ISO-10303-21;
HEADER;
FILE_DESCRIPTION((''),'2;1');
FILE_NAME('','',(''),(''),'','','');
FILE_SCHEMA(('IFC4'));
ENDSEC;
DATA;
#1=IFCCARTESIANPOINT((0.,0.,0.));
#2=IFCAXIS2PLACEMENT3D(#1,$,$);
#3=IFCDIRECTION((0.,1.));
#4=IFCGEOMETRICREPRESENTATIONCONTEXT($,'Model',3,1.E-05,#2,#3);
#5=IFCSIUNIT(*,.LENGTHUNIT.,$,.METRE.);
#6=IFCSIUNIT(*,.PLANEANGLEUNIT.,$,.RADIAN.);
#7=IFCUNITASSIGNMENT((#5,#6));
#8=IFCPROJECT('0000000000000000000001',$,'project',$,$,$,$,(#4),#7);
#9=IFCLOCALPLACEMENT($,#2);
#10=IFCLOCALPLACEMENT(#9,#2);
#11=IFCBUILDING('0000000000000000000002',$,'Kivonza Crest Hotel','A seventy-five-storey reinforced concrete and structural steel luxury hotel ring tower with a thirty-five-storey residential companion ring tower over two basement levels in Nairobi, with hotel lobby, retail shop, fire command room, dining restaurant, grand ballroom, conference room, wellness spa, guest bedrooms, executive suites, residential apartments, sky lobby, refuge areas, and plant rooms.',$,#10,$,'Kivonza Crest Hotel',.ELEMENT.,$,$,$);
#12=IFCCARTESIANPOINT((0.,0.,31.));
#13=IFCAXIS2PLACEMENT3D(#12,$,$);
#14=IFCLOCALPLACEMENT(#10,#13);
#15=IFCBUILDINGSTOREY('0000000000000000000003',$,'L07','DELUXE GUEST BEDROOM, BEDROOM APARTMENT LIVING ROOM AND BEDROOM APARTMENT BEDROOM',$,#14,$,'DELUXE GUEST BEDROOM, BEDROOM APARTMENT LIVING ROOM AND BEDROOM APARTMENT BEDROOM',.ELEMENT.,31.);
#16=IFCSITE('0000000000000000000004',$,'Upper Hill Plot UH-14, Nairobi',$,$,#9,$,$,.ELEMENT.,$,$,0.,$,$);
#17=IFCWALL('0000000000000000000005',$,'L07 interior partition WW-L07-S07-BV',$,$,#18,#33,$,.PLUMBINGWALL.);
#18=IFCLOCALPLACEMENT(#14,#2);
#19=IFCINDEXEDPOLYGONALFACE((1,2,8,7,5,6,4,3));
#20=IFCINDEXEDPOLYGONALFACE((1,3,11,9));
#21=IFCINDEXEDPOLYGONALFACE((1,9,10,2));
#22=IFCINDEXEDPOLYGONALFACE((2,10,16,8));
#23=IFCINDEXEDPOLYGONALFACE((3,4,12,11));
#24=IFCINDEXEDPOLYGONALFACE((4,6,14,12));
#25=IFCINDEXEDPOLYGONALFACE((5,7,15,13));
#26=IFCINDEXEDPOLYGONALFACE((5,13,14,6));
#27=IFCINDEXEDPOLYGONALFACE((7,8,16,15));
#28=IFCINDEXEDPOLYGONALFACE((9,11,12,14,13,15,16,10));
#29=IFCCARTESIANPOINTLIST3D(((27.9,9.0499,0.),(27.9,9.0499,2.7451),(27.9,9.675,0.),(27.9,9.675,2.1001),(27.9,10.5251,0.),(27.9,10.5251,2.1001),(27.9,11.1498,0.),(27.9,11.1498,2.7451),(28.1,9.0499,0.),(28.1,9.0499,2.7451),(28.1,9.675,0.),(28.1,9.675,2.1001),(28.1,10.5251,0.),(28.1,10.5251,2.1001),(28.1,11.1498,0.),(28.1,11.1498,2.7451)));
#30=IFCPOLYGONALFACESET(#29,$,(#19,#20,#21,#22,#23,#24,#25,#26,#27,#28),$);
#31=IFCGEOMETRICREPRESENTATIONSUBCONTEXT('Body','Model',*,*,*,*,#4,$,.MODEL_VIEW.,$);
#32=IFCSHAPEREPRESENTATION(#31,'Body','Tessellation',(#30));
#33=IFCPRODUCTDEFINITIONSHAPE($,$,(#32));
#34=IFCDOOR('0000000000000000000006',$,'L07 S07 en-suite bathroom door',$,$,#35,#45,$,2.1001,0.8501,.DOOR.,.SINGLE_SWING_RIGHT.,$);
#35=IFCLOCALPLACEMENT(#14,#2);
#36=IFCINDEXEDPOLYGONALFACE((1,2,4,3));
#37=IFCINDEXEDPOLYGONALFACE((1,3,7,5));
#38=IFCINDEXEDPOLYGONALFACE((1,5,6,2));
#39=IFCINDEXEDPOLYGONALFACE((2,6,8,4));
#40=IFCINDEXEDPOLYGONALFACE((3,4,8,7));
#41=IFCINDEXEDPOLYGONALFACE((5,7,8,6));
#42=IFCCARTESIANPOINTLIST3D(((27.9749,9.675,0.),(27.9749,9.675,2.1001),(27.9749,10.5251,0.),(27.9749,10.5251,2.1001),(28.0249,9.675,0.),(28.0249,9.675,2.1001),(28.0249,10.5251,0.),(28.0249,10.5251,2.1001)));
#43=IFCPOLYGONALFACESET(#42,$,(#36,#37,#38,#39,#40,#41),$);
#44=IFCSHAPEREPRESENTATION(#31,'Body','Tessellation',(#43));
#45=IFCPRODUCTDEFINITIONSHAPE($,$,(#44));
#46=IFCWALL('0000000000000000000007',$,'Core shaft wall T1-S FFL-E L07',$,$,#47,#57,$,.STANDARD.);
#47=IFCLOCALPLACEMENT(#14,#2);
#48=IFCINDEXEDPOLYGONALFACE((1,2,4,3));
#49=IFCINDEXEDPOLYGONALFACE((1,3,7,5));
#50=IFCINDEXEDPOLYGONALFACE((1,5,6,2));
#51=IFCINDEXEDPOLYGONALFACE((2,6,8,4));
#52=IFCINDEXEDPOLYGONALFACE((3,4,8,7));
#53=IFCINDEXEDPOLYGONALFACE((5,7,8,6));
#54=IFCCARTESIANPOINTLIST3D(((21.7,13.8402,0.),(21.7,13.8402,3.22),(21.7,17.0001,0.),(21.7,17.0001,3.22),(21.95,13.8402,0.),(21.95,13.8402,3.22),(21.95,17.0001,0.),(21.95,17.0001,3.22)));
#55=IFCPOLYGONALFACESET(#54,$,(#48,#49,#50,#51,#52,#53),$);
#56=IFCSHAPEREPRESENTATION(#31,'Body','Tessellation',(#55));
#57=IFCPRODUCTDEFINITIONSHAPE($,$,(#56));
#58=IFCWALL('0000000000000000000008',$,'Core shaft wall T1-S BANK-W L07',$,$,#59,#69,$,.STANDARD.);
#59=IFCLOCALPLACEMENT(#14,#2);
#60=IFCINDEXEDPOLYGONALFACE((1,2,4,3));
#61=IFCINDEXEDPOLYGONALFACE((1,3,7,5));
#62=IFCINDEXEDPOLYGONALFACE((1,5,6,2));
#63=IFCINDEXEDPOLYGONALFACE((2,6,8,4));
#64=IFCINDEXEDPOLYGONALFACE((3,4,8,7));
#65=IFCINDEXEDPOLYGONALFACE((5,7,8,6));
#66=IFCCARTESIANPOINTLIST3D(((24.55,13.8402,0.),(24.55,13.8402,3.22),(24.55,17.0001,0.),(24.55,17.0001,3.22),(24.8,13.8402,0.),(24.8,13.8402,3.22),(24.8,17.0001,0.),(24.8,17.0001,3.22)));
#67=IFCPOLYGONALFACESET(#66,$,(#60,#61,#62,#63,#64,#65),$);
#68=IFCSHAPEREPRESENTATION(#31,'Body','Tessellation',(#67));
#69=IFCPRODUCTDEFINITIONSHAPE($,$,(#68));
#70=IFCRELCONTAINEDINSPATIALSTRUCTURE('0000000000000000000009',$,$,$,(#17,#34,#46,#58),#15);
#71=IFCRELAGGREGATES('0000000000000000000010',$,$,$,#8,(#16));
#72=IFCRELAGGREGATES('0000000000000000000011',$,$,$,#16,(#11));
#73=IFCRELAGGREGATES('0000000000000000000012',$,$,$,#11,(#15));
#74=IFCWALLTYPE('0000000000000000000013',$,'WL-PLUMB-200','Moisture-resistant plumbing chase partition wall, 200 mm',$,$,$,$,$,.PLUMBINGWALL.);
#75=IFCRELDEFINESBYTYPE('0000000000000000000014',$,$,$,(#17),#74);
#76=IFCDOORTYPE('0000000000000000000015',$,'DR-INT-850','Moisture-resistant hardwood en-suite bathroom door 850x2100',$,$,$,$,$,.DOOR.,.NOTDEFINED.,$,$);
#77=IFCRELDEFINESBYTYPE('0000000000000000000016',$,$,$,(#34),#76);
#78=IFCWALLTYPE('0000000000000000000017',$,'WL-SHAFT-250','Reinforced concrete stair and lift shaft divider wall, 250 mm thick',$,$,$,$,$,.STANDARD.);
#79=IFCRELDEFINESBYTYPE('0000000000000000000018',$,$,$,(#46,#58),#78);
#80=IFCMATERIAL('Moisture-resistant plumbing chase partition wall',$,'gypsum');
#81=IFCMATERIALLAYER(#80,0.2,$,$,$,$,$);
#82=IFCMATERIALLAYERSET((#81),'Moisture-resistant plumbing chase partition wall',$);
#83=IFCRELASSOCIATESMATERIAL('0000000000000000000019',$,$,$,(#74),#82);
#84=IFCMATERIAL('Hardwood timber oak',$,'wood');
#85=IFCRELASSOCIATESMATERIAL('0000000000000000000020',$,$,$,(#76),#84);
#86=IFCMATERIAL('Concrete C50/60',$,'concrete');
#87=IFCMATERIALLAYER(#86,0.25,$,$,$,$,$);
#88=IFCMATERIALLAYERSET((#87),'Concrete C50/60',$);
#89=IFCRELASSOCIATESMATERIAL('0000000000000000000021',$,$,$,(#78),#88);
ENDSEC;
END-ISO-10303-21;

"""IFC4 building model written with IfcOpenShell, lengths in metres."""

from ifc_helpers import new_model, si_unit, direction, frame, frame_2d, origin, place, context, subcontext, project, spatial, rectangle, extrude, material, layer, layer_set, type_object, element, fill, save


model = new_model("IFC4")

# Units and contexts
model_context = context("Model", 3, precision=1e-05, world=origin(), true_north=direction((0.0, 1.0)))
body_context = subcontext(model_context, "Body", "Model", "MODEL_VIEW")
ifc_project = project(units=[si_unit("LENGTHUNIT", "METRE"), si_unit("PLANEANGLEUNIT", "RADIAN")], contexts=[model_context])

# Site, building, storey
site_placement = place(None, origin())
site = spatial("IfcSite", under=ifc_project, at=site_placement, Name="Upper Hill Plot UH-14, Nairobi", CompositionType="ELEMENT", RefElevation=0.0)
building_placement = place(site_placement, origin())
building = spatial("IfcBuilding", under=site, at=building_placement, Name="Kivonza Crest Hotel", Description="A seventy-five-storey reinforced concrete and structural steel luxury hotel ring tower with a thirty-five-storey residential companion ring tower over two basement levels in Nairobi, with hotel lobby, retail shop, fire command room, dining restaurant, grand ballroom, conference room, wellness spa, guest bedrooms, executive suites, residential apartments, sky lobby, refuge areas, and plant rooms.", LongName="Kivonza Crest Hotel", CompositionType="ELEMENT")
storey_placement = place(building_placement, frame((0.0, 0.0, 31.0)))
storey = spatial("IfcBuildingStorey", under=building, at=storey_placement, Name="L07", Description="DELUXE GUEST BEDROOM, BEDROOM APARTMENT LIVING ROOM AND BEDROOM APARTMENT BEDROOM", LongName="DELUXE GUEST BEDROOM, BEDROOM APARTMENT LIVING ROOM AND BEDROOM APARTMENT BEDROOM", CompositionType="ELEMENT", Elevation=31.0)

# Shared definitions
ifc_material_1 = material(Name="Hardwood timber oak", Category="wood")

# Wall, opening, door
ifc_material_2 = material(Name="Moisture-resistant plumbing chase partition wall", Category="gypsum")
ifc_layer_1 = layer(ifc_material_2, 0.2)
ifc_layer_set_1 = layer_set([ifc_layer_1], Name="Moisture-resistant plumbing chase partition wall")
wall_type_1 = type_object("IfcWallType", Name="WL-PLUMB-200", Description="Moisture-resistant plumbing chase partition wall, 200 mm", PredefinedType="PLUMBINGWALL", material=ifc_layer_set_1)
wall_1_placement = place(storey_placement, frame((28.0, 9.05, 0.0), z_axis=(0.0, 0.0, 1.0), x_axis=(0.0, 1.0, 0.0)))
wall_1 = element("IfcWall", 1, at=wall_1_placement, inside=storey, type_object=wall_type_1, Name="L07 interior partition WW-L07-S07-BV", PredefinedType="PLUMBINGWALL", context=body_context, shape_type="SweptSolid", body=[
    extrude(rectangle(XDim=2.0999, YDim=0.2, at=frame_2d((1.0498, 0.0))), origin(), (0.0, 0.0, 1.0), 2.7451),
])
opening_1_placement = place(wall_1_placement, frame((0.625, 0.0, 0.0)))
opening_1 = element("IfcOpeningElement", 2, at=opening_1_placement, cuts=wall_1, PredefinedType="OPENING", context=body_context, shape_type="SweptSolid", body=[
    extrude(rectangle(XDim=0.8501, YDim=2.1001, at=frame_2d((0.425, 1.05))), frame((0.0, 0.1099, 0.0), z_axis=(0.0, -1.0, 0.0), x_axis=(1.0, 0.0, 0.0)), (0.0, 0.0, 1.0), 0.22),
])
door_type_1 = type_object("IfcDoorType", Name="DR-INT-850", Description="Moisture-resistant hardwood en-suite bathroom door 850x2100", OperationType="NOTDEFINED", PredefinedType="DOOR", material=ifc_material_1)
door_1_placement = place(opening_1_placement, frame((0.8501, 0.0, 0.0), z_axis=(0.0, 0.0, 1.0), x_axis=(-1.0, 0.0, 0.0)))
door_1 = element("IfcDoor", 3, at=door_1_placement, inside=storey, type_object=door_type_1, Name="L07 S07 en-suite bathroom door", OperationType="SINGLE_SWING_RIGHT", OverallHeight=2.1001, OverallWidth=0.8501, PredefinedType="DOOR", context=body_context, shape_type="SweptSolid", body=[
    extrude(rectangle(XDim=0.8501, YDim=2.1001, at=frame_2d((0.425, 1.05))), frame((0.0, 0.0249, 0.0), z_axis=(0.0, -1.0, 0.0), x_axis=(1.0, 0.0, 0.0)), (0.0, 0.0, 1.0), 0.05),
])
fill(opening_1, door_1)
ifc_material_3 = material(Name="Concrete C50/60", Category="concrete")
ifc_layer_2 = layer(ifc_material_3, 0.25)
ifc_layer_set_2 = layer_set([ifc_layer_2], Name="Concrete C50/60")
wall_type_2 = type_object("IfcWallType", Name="WL-SHAFT-250", Description="Reinforced concrete stair and lift shaft divider wall, 250 mm thick", PredefinedType="STANDARD", material=ifc_layer_set_2)

# Walls
for number, where, z_axis, x_axis, name in (
    (4, (21.825, 13.8401, 0.0), (0.0, 0.0, 1.0), (0.0, 1.0, 0.0), "Core shaft wall T1-S FFL-E L07"),
    (5, (24.675, 13.8401, 0.0), (0.0, 0.0, 1.0), (0.0, 1.0, 0.0), "Core shaft wall T1-S BANK-W L07"),
):
    element("IfcWall", number, at=place(storey_placement, frame(where, z_axis=z_axis, x_axis=x_axis)), inside=storey, type_object=wall_type_2, Name=name, PredefinedType="STANDARD", context=body_context, shape_type="SweptSolid", body=[
        extrude(rectangle(XDim=3.1599, YDim=0.25, at=frame_2d((1.5801, 0.0))), origin(), (0.0, 0.0, 1.0), 3.22),
    ])

save(model, "model.ifc")
